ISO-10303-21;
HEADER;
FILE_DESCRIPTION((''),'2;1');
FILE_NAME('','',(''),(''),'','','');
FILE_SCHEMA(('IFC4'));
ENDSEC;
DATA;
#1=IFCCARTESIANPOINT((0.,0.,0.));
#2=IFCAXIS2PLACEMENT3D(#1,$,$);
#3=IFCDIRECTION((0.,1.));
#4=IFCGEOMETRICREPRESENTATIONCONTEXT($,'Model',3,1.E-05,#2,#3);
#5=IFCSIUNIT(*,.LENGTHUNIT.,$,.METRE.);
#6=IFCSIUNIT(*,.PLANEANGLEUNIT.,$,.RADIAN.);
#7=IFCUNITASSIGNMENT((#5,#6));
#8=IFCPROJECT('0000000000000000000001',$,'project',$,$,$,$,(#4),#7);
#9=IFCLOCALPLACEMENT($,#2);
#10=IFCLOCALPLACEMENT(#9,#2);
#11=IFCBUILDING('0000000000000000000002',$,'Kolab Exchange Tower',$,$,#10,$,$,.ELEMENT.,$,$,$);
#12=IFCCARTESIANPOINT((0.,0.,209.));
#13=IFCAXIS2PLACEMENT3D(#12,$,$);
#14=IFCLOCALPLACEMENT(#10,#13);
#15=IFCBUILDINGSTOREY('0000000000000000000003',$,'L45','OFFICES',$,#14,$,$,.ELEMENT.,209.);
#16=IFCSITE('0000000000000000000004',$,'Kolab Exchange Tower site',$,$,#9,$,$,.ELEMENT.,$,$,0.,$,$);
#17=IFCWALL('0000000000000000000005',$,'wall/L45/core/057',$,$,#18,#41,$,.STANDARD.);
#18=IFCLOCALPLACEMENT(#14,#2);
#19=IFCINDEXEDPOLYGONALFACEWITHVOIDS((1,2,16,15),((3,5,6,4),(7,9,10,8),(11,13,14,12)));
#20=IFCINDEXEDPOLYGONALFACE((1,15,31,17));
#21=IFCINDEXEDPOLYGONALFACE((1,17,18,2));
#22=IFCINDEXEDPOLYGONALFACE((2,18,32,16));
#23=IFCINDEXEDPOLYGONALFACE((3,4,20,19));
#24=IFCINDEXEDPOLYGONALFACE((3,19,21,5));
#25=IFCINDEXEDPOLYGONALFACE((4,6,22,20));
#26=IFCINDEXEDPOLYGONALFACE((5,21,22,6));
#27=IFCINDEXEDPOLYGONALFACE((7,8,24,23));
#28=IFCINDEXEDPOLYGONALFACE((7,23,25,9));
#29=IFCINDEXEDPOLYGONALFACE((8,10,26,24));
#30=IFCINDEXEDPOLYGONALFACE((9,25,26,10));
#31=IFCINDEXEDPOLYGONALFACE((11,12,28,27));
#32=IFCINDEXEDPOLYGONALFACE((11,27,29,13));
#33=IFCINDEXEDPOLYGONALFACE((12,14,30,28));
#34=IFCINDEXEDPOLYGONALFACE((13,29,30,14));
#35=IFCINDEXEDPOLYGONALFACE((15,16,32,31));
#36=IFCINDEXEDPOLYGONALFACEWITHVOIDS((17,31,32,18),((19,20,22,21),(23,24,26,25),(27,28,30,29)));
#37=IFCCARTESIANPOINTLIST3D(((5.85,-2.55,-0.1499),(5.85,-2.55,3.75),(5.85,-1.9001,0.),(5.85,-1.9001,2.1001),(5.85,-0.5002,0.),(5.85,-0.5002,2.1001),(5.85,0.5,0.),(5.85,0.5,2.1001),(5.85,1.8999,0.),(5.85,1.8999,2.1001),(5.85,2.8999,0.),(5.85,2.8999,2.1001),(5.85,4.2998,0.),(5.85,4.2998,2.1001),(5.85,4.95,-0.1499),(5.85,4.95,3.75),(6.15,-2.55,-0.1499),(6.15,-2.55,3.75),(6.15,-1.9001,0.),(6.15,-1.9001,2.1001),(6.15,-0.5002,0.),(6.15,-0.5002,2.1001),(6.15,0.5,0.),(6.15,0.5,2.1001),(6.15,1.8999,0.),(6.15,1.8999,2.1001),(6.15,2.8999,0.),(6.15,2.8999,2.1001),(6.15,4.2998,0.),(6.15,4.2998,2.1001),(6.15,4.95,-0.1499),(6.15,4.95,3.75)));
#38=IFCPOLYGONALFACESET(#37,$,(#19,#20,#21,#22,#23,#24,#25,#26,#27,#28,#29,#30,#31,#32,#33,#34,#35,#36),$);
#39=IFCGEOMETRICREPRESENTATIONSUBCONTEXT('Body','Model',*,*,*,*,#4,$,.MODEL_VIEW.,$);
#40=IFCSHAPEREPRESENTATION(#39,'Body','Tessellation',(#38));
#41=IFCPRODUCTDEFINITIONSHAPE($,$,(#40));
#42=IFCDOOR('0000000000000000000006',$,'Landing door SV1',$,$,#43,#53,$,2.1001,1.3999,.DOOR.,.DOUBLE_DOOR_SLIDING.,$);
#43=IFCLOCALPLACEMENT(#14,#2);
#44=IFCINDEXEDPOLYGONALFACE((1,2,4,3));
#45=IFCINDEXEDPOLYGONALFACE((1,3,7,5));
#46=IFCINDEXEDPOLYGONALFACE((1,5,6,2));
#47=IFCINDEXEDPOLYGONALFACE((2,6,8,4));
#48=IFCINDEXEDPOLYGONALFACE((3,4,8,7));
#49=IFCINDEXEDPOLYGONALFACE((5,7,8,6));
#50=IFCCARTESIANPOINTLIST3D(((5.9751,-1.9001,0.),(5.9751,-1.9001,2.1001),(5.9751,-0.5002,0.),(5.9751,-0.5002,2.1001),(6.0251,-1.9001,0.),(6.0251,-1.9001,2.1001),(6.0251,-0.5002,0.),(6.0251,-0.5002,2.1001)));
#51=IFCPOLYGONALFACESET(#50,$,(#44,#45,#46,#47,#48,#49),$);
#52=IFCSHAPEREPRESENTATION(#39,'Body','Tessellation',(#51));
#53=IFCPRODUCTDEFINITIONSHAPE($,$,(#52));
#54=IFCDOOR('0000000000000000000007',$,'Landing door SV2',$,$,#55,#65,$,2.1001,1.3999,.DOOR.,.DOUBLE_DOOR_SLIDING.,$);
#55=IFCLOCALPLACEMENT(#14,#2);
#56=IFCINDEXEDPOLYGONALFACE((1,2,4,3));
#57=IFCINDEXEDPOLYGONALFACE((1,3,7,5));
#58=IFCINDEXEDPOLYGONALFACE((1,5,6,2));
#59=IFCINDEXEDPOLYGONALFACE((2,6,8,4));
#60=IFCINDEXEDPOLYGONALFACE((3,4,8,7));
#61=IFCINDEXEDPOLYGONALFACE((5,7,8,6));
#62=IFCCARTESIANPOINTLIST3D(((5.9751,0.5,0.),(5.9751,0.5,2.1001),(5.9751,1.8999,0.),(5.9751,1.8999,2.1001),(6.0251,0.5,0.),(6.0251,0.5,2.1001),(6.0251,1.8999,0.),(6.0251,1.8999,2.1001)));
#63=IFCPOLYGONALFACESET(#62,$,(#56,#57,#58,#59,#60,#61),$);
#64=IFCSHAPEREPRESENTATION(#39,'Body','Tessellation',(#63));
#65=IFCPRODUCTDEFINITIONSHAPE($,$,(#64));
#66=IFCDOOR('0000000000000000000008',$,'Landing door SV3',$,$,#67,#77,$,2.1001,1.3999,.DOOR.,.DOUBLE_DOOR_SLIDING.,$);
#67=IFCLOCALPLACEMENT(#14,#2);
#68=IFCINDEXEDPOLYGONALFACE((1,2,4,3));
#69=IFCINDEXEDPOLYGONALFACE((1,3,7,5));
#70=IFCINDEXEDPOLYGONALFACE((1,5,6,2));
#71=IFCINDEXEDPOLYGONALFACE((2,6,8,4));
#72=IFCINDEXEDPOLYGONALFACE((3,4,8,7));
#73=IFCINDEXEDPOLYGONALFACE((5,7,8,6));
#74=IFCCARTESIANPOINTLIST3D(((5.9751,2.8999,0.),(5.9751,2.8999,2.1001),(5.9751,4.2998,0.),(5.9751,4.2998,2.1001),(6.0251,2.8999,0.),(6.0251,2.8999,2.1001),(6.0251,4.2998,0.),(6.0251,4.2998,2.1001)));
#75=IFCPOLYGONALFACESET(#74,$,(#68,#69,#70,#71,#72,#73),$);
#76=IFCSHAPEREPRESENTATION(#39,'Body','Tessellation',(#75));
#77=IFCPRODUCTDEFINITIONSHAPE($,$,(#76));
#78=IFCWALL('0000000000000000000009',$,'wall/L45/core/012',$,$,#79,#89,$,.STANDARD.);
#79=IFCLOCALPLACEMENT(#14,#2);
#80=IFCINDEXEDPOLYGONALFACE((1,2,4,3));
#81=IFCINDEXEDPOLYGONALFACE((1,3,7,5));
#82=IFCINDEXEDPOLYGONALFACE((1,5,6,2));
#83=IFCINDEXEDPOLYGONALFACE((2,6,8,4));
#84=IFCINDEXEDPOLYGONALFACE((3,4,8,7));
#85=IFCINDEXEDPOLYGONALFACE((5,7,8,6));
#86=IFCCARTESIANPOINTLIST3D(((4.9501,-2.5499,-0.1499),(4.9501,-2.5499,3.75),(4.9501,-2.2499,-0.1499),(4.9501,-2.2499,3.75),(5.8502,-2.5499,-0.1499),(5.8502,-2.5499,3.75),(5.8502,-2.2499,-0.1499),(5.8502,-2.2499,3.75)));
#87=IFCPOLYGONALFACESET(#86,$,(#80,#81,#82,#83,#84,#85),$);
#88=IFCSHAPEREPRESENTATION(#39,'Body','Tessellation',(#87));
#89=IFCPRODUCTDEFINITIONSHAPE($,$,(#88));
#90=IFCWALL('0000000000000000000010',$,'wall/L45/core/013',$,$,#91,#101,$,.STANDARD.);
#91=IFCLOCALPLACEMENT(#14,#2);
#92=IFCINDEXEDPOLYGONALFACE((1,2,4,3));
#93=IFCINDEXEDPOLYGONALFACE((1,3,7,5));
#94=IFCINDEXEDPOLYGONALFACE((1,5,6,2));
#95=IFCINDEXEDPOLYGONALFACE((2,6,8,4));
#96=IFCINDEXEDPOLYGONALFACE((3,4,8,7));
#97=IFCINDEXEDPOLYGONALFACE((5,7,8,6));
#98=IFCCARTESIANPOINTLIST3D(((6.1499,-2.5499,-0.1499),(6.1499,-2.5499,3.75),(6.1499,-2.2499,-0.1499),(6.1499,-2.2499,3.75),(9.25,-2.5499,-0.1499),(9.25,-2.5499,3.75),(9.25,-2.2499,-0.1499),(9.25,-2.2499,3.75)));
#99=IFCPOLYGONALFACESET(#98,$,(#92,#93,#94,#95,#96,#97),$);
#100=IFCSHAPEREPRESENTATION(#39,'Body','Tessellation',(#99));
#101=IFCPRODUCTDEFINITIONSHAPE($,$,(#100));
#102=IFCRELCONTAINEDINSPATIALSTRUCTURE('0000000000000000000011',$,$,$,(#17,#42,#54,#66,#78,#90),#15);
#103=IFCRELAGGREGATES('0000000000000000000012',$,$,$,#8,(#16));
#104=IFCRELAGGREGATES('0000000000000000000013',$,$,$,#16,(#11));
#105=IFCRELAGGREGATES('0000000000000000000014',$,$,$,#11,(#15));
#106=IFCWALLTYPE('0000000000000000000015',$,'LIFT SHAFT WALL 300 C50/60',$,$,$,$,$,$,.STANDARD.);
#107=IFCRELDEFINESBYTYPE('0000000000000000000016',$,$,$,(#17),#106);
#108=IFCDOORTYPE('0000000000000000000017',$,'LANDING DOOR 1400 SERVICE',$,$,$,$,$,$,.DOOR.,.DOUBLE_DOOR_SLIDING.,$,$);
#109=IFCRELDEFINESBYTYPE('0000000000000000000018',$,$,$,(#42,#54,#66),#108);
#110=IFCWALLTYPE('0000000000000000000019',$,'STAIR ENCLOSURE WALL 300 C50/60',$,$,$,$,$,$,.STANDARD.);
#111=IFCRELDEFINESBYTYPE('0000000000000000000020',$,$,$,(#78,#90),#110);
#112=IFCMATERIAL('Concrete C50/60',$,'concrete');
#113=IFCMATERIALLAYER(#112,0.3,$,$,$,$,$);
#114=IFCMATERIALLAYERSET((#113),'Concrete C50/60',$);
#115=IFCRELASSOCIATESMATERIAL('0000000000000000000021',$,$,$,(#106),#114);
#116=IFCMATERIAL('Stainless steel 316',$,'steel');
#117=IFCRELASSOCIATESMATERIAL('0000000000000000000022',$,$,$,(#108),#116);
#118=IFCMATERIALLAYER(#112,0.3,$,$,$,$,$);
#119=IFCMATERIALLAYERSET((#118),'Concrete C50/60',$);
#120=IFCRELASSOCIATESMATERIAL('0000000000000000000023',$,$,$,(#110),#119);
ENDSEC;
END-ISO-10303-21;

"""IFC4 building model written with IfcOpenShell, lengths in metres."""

from ifc_helpers import new_model, si_unit, direction, frame, frame_2d, origin, place, context, subcontext, project, spatial, rectangle, extrude, material, layer, layer_set, type_object, element, fill, save


model = new_model("IFC4")

# Units and contexts
model_context = context("Model", 3, precision=1e-05, world=origin(), true_north=direction((0.0, 1.0)))
body_context = subcontext(model_context, "Body", "Model", "MODEL_VIEW")
ifc_project = project(units=[si_unit("LENGTHUNIT", "METRE"), si_unit("PLANEANGLEUNIT", "RADIAN")], contexts=[model_context])

# Site, building, storey
site_placement = place(None, origin())
site = spatial("IfcSite", under=ifc_project, at=site_placement, Name="Kolab Exchange Tower site", CompositionType="ELEMENT", RefElevation=0.0)
building_placement = place(site_placement, origin())
building = spatial("IfcBuilding", under=site, at=building_placement, Name="Kolab Exchange Tower", CompositionType="ELEMENT")
storey_placement = place(building_placement, frame((0.0, 0.0, 209.0)))
storey = spatial("IfcBuildingStorey", under=building, at=storey_placement, Name="L45", Description="OFFICES", CompositionType="ELEMENT", Elevation=209.0)

# Shared definitions
ifc_material_1 = material(Name="Concrete C50/60", Category="concrete")
ifc_layer_1 = layer(ifc_material_1, 0.3)
ifc_layer_set_1 = layer_set([ifc_layer_1], Name="Concrete C50/60")
wall_type_1 = type_object("IfcWallType", Name="LIFT SHAFT WALL 300 C50/60", PredefinedType="STANDARD", material=ifc_layer_set_1)
ifc_material_2 = material(Name="Stainless steel 316", Category="steel")

# Wall, openings, doors
wall_1_placement = place(storey_placement, frame((6.0, -2.55, -0.1499), z_axis=(0.0, 0.0, 1.0), x_axis=(0.0, 1.0, 0.0)))
wall_1 = element("IfcWall", 1, at=wall_1_placement, inside=storey, type_object=wall_type_1, Name="wall/L45/core/057", PredefinedType="STANDARD", context=body_context, shape_type="SweptSolid", body=[
    extrude(rectangle(XDim=7.5, YDim=0.3, at=frame_2d((3.75, 0.0))), origin(), (0.0, 0.0, 1.0), 3.8999),
])
opening_1_placement = place(wall_1_placement, frame((0.6499, 0.0, 0.1499)))
opening_1 = element("IfcOpeningElement", 2, at=opening_1_placement, cuts=wall_1, PredefinedType="OPENING", context=body_context, shape_type="SweptSolid", body=[
    extrude(rectangle(XDim=1.3999, YDim=2.1001, at=frame_2d((0.7, 1.05))), frame((0.0, 0.1602, 0.0), z_axis=(0.0, -1.0, 0.0), x_axis=(1.0, 0.0, 0.0)), (0.0, 0.0, 1.0), 0.3201),
])
opening_2_placement = place(wall_1_placement, frame((3.05, 0.0, 0.1499)))
opening_2 = element("IfcOpeningElement", 3, at=opening_2_placement, cuts=wall_1, PredefinedType="OPENING", context=body_context, shape_type="SweptSolid", body=[
    extrude(rectangle(XDim=1.3999, YDim=2.1001, at=frame_2d((0.7, 1.05))), frame((0.0, 0.1602, 0.0), z_axis=(0.0, -1.0, 0.0), x_axis=(1.0, 0.0, 0.0)), (0.0, 0.0, 1.0), 0.3201),
])
opening_3_placement = place(wall_1_placement, frame((5.45, 0.0, 0.1499)))
opening_3 = element("IfcOpeningElement", 4, at=opening_3_placement, cuts=wall_1, PredefinedType="OPENING", context=body_context, shape_type="SweptSolid", body=[
    extrude(rectangle(XDim=1.3999, YDim=2.1001, at=frame_2d((0.7, 1.05))), frame((0.0, 0.1602, 0.0), z_axis=(0.0, -1.0, 0.0), x_axis=(1.0, 0.0, 0.0)), (0.0, 0.0, 1.0), 0.3201),
])
door_type_1 = type_object("IfcDoorType", Name="LANDING DOOR 1400 SERVICE", OperationType="DOUBLE_DOOR_SLIDING", PredefinedType="DOOR", material=ifc_material_2)
door_1_placement = place(opening_1_placement, origin())
door_1 = element("IfcDoor", 5, at=door_1_placement, inside=storey, type_object=door_type_1, Name="Landing door SV1", OperationType="DOUBLE_DOOR_SLIDING", OverallHeight=2.1001, OverallWidth=1.3999, PredefinedType="DOOR", context=body_context, shape_type="SweptSolid", body=[
    extrude(rectangle(XDim=1.3999, YDim=2.1001, at=frame_2d((0.7, 1.05))), frame((0.0, 0.0249, 0.0), z_axis=(0.0, -1.0, 0.0), x_axis=(1.0, 0.0, 0.0)), (0.0, 0.0, 1.0), 0.05),
])
fill(opening_1, door_1)
door_2_placement = place(opening_2_placement, origin())
door_2 = element("IfcDoor", 6, at=door_2_placement, inside=storey, type_object=door_type_1, Name="Landing door SV2", OperationType="DOUBLE_DOOR_SLIDING", OverallHeight=2.1001, OverallWidth=1.3999, PredefinedType="DOOR", context=body_context, shape_type="SweptSolid", body=[
    extrude(rectangle(XDim=1.3999, YDim=2.1001, at=frame_2d((0.7, 1.05))), frame((0.0, 0.0249, 0.0), z_axis=(0.0, -1.0, 0.0), x_axis=(1.0, 0.0, 0.0)), (0.0, 0.0, 1.0), 0.05),
])
fill(opening_2, door_2)
door_3_placement = place(opening_3_placement, origin())
door_3 = element("IfcDoor", 7, at=door_3_placement, inside=storey, type_object=door_type_1, Name="Landing door SV3", OperationType="DOUBLE_DOOR_SLIDING", OverallHeight=2.1001, OverallWidth=1.3999, PredefinedType="DOOR", context=body_context, shape_type="SweptSolid", body=[
    extrude(rectangle(XDim=1.3999, YDim=2.1001, at=frame_2d((0.7, 1.05))), frame((0.0, 0.0249, 0.0), z_axis=(0.0, -1.0, 0.0), x_axis=(1.0, 0.0, 0.0)), (0.0, 0.0, 1.0), 0.05),
])
fill(opening_3, door_3)

# Walls
ifc_layer_2 = layer(ifc_material_1, 0.3)
ifc_layer_set_2 = layer_set([ifc_layer_2], Name="Concrete C50/60")
wall_type_2 = type_object("IfcWallType", Name="STAIR ENCLOSURE WALL 300 C50/60", PredefinedType="STANDARD", material=ifc_layer_set_2)
wall_2_placement = place(storey_placement, frame((4.95, -2.3999, -0.1499), z_axis=(0.0, 0.0, 1.0), x_axis=(1.0, 0.0, 0.0)))
element("IfcWall", 8, at=wall_2_placement, inside=storey, type_object=wall_type_2, Name="wall/L45/core/012", PredefinedType="STANDARD", context=body_context, shape_type="SweptSolid", body=[
    extrude(rectangle(XDim=0.9001, YDim=0.3, at=frame_2d((0.4502, 0.0))), origin(), (0.0, 0.0, 1.0), 3.8999),
])
wall_3_placement = place(storey_placement, frame((6.1499, -2.3999, -0.1499), z_axis=(0.0, 0.0, 1.0), x_axis=(1.0, 0.0, 0.0)))
element("IfcWall", 9, at=wall_3_placement, inside=storey, type_object=wall_type_2, Name="wall/L45/core/013", PredefinedType="STANDARD", context=body_context, shape_type="SweptSolid", body=[
    extrude(rectangle(XDim=3.1001, YDim=0.3, at=frame_2d((1.55, 0.0))), origin(), (0.0, 0.0, 1.0), 3.8999),
])

save(model, "model.ifc")
